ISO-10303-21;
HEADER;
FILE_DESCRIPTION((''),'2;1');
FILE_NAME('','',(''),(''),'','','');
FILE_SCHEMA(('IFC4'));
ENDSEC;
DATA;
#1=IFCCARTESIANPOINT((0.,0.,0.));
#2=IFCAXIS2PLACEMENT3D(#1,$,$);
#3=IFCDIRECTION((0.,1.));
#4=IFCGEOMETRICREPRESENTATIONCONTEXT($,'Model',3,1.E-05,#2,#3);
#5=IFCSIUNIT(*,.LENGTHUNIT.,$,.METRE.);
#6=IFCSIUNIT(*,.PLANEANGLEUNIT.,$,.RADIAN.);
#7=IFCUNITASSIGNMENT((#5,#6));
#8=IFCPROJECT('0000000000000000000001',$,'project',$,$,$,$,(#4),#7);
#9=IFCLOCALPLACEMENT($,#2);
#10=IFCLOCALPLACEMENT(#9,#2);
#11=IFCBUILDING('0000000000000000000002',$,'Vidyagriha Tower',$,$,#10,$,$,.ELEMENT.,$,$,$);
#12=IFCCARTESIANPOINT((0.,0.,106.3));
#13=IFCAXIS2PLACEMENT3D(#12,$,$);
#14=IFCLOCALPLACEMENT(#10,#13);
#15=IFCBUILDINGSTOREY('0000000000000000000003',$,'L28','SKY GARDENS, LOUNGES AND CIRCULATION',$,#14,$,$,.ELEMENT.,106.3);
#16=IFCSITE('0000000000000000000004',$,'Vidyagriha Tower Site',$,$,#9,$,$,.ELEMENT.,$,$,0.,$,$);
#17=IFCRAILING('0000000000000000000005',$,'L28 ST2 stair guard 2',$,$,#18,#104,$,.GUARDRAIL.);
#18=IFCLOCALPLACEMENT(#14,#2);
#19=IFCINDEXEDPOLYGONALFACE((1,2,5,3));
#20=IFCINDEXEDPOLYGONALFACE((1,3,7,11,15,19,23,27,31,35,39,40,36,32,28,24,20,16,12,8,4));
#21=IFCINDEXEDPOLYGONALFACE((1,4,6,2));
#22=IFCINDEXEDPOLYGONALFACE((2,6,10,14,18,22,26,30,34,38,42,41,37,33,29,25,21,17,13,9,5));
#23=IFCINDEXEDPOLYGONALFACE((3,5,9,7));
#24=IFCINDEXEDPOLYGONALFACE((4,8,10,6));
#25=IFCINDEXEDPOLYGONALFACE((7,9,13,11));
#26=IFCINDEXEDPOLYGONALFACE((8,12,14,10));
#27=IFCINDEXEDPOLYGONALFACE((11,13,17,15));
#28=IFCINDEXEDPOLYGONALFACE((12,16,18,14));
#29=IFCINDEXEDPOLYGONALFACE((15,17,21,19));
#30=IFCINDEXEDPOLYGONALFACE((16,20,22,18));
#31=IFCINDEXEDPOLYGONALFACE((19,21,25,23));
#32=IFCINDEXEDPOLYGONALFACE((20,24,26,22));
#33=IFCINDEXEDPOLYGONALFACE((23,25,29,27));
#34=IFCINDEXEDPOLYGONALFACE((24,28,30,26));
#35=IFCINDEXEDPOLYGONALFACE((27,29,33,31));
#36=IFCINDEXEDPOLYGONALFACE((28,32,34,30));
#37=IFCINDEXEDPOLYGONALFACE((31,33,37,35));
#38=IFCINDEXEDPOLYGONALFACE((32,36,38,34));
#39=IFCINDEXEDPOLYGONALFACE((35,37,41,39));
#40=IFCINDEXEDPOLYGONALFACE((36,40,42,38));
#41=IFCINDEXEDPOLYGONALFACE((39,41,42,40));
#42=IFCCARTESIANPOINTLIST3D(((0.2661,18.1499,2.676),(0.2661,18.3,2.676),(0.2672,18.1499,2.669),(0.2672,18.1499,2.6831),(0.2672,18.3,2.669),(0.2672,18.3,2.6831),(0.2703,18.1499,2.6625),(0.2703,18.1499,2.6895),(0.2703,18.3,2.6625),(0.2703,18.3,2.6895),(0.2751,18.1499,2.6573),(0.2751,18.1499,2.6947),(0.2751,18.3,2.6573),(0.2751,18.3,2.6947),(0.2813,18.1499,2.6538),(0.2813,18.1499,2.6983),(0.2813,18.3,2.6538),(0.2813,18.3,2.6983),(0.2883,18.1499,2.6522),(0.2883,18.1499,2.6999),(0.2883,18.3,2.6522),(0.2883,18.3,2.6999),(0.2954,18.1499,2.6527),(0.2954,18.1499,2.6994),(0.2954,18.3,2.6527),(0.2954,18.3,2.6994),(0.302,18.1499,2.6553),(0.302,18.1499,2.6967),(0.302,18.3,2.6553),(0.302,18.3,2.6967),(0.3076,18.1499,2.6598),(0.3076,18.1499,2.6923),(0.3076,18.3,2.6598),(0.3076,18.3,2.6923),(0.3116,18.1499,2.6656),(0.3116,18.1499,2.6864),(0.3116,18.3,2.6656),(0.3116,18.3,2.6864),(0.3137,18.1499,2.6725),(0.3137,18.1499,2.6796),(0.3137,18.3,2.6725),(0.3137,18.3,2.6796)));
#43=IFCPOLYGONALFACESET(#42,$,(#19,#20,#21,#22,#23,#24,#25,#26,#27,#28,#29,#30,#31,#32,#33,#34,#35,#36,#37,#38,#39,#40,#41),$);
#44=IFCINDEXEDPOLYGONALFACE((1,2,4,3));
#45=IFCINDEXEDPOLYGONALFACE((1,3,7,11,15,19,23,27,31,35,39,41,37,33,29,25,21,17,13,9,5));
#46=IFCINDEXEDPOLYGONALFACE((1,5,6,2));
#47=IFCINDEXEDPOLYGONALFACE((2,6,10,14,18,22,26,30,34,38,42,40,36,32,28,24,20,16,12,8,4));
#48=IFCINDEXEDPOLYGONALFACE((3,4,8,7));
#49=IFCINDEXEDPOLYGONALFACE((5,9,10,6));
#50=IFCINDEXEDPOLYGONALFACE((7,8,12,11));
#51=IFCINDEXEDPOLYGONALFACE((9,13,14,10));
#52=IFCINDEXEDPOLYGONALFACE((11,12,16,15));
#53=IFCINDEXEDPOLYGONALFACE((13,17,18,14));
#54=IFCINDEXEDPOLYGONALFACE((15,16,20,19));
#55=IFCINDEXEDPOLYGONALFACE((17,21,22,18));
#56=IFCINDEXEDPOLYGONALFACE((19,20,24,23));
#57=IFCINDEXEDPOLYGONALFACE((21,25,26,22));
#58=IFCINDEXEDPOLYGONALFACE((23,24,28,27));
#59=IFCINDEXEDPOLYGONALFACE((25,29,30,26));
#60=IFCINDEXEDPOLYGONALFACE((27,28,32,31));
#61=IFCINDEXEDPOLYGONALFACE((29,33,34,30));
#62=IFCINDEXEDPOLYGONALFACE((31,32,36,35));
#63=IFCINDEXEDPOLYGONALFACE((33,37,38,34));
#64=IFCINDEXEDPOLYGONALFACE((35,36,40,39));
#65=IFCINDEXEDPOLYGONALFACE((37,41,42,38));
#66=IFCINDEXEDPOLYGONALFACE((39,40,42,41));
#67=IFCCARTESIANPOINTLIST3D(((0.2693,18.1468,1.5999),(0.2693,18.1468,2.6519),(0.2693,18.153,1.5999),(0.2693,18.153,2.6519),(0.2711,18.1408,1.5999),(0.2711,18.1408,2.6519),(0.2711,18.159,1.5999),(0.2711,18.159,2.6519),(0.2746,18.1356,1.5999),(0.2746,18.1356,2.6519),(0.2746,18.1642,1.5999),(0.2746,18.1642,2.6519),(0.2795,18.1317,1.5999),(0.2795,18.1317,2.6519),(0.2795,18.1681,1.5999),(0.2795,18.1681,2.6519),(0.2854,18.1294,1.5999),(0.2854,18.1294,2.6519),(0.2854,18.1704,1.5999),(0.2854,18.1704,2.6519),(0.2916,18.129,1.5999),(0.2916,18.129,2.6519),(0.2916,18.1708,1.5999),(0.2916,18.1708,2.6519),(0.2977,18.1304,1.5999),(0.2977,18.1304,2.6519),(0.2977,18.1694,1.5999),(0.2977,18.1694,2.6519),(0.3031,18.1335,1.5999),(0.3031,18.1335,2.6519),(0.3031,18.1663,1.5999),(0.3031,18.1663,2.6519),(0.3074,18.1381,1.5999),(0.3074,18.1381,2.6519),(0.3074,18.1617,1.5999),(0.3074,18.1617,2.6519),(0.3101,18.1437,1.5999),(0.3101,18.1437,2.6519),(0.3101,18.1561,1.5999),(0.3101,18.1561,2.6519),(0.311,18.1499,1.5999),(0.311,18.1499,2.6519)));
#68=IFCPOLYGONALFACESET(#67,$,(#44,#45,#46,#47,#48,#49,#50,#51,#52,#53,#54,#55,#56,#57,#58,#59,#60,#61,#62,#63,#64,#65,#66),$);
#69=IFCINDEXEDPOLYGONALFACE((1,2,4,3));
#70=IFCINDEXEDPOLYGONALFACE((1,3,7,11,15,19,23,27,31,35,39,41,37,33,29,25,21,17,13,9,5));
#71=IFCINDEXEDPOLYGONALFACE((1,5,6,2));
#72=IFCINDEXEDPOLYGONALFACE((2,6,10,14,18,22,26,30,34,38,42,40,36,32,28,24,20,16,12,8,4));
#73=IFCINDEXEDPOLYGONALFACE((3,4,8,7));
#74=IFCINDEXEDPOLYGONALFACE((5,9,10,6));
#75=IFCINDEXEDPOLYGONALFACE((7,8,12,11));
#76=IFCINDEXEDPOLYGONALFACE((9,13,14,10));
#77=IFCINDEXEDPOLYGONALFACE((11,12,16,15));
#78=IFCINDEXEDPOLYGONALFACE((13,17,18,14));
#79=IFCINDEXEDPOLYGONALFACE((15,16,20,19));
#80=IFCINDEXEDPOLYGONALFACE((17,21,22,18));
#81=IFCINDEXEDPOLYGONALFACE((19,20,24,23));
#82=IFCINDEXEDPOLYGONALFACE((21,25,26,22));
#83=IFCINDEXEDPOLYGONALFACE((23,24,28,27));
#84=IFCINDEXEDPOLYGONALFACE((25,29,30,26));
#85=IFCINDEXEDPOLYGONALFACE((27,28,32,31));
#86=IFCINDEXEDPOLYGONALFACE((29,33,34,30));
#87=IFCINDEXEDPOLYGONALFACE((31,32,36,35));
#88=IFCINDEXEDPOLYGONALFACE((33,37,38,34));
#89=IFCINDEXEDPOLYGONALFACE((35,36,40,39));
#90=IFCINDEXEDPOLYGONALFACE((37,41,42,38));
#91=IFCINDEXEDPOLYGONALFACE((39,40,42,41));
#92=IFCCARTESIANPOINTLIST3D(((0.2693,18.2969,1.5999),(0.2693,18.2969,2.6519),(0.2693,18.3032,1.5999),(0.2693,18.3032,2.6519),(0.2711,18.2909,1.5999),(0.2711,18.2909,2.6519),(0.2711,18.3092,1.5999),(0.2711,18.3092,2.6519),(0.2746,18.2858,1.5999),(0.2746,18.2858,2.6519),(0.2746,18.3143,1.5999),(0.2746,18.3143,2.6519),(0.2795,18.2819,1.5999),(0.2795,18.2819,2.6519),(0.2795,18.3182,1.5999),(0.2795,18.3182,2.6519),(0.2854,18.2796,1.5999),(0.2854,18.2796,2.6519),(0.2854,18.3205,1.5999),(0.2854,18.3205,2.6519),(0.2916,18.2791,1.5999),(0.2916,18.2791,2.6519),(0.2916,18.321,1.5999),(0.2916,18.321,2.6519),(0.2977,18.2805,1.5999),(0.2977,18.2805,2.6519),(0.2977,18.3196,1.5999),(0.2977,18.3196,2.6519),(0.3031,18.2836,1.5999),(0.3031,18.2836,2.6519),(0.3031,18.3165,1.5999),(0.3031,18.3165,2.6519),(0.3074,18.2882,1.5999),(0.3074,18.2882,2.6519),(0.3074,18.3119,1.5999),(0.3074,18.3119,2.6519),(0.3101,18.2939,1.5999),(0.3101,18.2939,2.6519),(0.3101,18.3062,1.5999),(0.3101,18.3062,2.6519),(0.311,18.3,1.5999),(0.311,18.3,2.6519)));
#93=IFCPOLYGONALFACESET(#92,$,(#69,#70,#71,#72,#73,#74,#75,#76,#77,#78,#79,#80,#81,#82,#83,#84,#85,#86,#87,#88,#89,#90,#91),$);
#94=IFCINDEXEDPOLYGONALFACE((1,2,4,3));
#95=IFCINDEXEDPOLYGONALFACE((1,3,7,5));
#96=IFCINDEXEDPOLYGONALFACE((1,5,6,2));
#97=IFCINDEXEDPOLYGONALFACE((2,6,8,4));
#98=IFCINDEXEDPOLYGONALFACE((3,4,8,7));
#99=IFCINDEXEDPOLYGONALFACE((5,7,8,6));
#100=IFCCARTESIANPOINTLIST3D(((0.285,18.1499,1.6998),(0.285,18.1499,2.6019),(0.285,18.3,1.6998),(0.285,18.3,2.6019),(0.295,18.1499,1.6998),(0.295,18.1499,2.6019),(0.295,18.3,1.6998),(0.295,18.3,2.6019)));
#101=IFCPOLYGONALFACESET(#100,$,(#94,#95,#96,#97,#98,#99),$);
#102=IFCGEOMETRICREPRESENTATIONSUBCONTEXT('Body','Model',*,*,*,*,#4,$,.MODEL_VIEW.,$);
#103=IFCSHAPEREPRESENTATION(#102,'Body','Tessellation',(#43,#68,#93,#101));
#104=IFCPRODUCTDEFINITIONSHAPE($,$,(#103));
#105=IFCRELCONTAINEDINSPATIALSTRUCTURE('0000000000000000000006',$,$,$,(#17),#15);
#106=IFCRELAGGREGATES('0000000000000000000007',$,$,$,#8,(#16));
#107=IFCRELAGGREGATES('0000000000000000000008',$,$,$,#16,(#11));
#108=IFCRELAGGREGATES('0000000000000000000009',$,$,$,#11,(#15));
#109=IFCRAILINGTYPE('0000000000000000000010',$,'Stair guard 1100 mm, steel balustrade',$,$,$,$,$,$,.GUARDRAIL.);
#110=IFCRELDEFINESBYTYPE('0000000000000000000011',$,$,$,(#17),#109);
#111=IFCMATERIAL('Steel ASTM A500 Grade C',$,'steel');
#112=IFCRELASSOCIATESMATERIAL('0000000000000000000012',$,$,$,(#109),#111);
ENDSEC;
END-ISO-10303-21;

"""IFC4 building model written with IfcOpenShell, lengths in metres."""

from ifc_helpers import new_model, si_unit, direction, frame, origin, origin_2d, place, context, subcontext, project, spatial, rectangle, circle, extrude, material, type_object, element, save


model = new_model("IFC4")

# Units and contexts
model_context = context("Model", 3, precision=1e-05, world=origin(), true_north=direction((0.0, 1.0)))
body_context = subcontext(model_context, "Body", "Model", "MODEL_VIEW")
ifc_project = project(units=[si_unit("LENGTHUNIT", "METRE"), si_unit("PLANEANGLEUNIT", "RADIAN")], contexts=[model_context])

# Site, building, storey
site_placement = place(None, origin())
site = spatial("IfcSite", under=ifc_project, at=site_placement, Name="Vidyagriha Tower Site", CompositionType="ELEMENT", RefElevation=0.0)
building_placement = place(site_placement, origin())
building = spatial("IfcBuilding", under=site, at=building_placement, Name="Vidyagriha Tower", CompositionType="ELEMENT")
storey_placement = place(building_placement, frame((0.0, 0.0, 106.3)))
storey = spatial("IfcBuildingStorey", under=building, at=storey_placement, Name="L28", Description="SKY GARDENS, LOUNGES AND CIRCULATION", CompositionType="ELEMENT", Elevation=106.3)

# Railing
ifc_material_1 = material(Name="Steel ASTM A500 Grade C", Category="steel")
railing_type_1 = type_object("IfcRailingType", Name="Stair guard 1100 mm, steel balustrade", PredefinedType="GUARDRAIL", material=ifc_material_1)
railing_1_placement = place(storey_placement, frame((0.29, 18.1499, 1.5999)))
element("IfcRailing", 1, at=railing_1_placement, inside=storey, type_object=railing_type_1, Name="L28 ST2 stair guard 2", PredefinedType="GUARDRAIL", context=body_context, shape_type="SweptSolid", body=[
    extrude(circle(Radius=0.0239, at=origin_2d()), frame((0.0, 0.0, 1.0762), z_axis=(0.0, 1.0, 0.0), x_axis=(-1.0, 0.0, 0.0)), (0.0, 0.0, 1.0), 0.1501),
    extrude(circle(Radius=0.021, at=origin_2d()), origin(), (0.0, 0.0, 1.0), 1.052),
    extrude(circle(Radius=0.021, at=origin_2d()), frame((0.0, 0.1501, 0.0)), (0.0, 0.0, 1.0), 1.052),
    extrude(rectangle(XDim=0.01, YDim=0.9021, at=origin_2d()), frame((0.0, 0.0, 0.551), z_axis=(0.0, 1.0, 0.0), x_axis=(-1.0, 0.0, 0.0)), (0.0, 0.0, 1.0), 0.1501),
])

save(model, "model.ifc")
